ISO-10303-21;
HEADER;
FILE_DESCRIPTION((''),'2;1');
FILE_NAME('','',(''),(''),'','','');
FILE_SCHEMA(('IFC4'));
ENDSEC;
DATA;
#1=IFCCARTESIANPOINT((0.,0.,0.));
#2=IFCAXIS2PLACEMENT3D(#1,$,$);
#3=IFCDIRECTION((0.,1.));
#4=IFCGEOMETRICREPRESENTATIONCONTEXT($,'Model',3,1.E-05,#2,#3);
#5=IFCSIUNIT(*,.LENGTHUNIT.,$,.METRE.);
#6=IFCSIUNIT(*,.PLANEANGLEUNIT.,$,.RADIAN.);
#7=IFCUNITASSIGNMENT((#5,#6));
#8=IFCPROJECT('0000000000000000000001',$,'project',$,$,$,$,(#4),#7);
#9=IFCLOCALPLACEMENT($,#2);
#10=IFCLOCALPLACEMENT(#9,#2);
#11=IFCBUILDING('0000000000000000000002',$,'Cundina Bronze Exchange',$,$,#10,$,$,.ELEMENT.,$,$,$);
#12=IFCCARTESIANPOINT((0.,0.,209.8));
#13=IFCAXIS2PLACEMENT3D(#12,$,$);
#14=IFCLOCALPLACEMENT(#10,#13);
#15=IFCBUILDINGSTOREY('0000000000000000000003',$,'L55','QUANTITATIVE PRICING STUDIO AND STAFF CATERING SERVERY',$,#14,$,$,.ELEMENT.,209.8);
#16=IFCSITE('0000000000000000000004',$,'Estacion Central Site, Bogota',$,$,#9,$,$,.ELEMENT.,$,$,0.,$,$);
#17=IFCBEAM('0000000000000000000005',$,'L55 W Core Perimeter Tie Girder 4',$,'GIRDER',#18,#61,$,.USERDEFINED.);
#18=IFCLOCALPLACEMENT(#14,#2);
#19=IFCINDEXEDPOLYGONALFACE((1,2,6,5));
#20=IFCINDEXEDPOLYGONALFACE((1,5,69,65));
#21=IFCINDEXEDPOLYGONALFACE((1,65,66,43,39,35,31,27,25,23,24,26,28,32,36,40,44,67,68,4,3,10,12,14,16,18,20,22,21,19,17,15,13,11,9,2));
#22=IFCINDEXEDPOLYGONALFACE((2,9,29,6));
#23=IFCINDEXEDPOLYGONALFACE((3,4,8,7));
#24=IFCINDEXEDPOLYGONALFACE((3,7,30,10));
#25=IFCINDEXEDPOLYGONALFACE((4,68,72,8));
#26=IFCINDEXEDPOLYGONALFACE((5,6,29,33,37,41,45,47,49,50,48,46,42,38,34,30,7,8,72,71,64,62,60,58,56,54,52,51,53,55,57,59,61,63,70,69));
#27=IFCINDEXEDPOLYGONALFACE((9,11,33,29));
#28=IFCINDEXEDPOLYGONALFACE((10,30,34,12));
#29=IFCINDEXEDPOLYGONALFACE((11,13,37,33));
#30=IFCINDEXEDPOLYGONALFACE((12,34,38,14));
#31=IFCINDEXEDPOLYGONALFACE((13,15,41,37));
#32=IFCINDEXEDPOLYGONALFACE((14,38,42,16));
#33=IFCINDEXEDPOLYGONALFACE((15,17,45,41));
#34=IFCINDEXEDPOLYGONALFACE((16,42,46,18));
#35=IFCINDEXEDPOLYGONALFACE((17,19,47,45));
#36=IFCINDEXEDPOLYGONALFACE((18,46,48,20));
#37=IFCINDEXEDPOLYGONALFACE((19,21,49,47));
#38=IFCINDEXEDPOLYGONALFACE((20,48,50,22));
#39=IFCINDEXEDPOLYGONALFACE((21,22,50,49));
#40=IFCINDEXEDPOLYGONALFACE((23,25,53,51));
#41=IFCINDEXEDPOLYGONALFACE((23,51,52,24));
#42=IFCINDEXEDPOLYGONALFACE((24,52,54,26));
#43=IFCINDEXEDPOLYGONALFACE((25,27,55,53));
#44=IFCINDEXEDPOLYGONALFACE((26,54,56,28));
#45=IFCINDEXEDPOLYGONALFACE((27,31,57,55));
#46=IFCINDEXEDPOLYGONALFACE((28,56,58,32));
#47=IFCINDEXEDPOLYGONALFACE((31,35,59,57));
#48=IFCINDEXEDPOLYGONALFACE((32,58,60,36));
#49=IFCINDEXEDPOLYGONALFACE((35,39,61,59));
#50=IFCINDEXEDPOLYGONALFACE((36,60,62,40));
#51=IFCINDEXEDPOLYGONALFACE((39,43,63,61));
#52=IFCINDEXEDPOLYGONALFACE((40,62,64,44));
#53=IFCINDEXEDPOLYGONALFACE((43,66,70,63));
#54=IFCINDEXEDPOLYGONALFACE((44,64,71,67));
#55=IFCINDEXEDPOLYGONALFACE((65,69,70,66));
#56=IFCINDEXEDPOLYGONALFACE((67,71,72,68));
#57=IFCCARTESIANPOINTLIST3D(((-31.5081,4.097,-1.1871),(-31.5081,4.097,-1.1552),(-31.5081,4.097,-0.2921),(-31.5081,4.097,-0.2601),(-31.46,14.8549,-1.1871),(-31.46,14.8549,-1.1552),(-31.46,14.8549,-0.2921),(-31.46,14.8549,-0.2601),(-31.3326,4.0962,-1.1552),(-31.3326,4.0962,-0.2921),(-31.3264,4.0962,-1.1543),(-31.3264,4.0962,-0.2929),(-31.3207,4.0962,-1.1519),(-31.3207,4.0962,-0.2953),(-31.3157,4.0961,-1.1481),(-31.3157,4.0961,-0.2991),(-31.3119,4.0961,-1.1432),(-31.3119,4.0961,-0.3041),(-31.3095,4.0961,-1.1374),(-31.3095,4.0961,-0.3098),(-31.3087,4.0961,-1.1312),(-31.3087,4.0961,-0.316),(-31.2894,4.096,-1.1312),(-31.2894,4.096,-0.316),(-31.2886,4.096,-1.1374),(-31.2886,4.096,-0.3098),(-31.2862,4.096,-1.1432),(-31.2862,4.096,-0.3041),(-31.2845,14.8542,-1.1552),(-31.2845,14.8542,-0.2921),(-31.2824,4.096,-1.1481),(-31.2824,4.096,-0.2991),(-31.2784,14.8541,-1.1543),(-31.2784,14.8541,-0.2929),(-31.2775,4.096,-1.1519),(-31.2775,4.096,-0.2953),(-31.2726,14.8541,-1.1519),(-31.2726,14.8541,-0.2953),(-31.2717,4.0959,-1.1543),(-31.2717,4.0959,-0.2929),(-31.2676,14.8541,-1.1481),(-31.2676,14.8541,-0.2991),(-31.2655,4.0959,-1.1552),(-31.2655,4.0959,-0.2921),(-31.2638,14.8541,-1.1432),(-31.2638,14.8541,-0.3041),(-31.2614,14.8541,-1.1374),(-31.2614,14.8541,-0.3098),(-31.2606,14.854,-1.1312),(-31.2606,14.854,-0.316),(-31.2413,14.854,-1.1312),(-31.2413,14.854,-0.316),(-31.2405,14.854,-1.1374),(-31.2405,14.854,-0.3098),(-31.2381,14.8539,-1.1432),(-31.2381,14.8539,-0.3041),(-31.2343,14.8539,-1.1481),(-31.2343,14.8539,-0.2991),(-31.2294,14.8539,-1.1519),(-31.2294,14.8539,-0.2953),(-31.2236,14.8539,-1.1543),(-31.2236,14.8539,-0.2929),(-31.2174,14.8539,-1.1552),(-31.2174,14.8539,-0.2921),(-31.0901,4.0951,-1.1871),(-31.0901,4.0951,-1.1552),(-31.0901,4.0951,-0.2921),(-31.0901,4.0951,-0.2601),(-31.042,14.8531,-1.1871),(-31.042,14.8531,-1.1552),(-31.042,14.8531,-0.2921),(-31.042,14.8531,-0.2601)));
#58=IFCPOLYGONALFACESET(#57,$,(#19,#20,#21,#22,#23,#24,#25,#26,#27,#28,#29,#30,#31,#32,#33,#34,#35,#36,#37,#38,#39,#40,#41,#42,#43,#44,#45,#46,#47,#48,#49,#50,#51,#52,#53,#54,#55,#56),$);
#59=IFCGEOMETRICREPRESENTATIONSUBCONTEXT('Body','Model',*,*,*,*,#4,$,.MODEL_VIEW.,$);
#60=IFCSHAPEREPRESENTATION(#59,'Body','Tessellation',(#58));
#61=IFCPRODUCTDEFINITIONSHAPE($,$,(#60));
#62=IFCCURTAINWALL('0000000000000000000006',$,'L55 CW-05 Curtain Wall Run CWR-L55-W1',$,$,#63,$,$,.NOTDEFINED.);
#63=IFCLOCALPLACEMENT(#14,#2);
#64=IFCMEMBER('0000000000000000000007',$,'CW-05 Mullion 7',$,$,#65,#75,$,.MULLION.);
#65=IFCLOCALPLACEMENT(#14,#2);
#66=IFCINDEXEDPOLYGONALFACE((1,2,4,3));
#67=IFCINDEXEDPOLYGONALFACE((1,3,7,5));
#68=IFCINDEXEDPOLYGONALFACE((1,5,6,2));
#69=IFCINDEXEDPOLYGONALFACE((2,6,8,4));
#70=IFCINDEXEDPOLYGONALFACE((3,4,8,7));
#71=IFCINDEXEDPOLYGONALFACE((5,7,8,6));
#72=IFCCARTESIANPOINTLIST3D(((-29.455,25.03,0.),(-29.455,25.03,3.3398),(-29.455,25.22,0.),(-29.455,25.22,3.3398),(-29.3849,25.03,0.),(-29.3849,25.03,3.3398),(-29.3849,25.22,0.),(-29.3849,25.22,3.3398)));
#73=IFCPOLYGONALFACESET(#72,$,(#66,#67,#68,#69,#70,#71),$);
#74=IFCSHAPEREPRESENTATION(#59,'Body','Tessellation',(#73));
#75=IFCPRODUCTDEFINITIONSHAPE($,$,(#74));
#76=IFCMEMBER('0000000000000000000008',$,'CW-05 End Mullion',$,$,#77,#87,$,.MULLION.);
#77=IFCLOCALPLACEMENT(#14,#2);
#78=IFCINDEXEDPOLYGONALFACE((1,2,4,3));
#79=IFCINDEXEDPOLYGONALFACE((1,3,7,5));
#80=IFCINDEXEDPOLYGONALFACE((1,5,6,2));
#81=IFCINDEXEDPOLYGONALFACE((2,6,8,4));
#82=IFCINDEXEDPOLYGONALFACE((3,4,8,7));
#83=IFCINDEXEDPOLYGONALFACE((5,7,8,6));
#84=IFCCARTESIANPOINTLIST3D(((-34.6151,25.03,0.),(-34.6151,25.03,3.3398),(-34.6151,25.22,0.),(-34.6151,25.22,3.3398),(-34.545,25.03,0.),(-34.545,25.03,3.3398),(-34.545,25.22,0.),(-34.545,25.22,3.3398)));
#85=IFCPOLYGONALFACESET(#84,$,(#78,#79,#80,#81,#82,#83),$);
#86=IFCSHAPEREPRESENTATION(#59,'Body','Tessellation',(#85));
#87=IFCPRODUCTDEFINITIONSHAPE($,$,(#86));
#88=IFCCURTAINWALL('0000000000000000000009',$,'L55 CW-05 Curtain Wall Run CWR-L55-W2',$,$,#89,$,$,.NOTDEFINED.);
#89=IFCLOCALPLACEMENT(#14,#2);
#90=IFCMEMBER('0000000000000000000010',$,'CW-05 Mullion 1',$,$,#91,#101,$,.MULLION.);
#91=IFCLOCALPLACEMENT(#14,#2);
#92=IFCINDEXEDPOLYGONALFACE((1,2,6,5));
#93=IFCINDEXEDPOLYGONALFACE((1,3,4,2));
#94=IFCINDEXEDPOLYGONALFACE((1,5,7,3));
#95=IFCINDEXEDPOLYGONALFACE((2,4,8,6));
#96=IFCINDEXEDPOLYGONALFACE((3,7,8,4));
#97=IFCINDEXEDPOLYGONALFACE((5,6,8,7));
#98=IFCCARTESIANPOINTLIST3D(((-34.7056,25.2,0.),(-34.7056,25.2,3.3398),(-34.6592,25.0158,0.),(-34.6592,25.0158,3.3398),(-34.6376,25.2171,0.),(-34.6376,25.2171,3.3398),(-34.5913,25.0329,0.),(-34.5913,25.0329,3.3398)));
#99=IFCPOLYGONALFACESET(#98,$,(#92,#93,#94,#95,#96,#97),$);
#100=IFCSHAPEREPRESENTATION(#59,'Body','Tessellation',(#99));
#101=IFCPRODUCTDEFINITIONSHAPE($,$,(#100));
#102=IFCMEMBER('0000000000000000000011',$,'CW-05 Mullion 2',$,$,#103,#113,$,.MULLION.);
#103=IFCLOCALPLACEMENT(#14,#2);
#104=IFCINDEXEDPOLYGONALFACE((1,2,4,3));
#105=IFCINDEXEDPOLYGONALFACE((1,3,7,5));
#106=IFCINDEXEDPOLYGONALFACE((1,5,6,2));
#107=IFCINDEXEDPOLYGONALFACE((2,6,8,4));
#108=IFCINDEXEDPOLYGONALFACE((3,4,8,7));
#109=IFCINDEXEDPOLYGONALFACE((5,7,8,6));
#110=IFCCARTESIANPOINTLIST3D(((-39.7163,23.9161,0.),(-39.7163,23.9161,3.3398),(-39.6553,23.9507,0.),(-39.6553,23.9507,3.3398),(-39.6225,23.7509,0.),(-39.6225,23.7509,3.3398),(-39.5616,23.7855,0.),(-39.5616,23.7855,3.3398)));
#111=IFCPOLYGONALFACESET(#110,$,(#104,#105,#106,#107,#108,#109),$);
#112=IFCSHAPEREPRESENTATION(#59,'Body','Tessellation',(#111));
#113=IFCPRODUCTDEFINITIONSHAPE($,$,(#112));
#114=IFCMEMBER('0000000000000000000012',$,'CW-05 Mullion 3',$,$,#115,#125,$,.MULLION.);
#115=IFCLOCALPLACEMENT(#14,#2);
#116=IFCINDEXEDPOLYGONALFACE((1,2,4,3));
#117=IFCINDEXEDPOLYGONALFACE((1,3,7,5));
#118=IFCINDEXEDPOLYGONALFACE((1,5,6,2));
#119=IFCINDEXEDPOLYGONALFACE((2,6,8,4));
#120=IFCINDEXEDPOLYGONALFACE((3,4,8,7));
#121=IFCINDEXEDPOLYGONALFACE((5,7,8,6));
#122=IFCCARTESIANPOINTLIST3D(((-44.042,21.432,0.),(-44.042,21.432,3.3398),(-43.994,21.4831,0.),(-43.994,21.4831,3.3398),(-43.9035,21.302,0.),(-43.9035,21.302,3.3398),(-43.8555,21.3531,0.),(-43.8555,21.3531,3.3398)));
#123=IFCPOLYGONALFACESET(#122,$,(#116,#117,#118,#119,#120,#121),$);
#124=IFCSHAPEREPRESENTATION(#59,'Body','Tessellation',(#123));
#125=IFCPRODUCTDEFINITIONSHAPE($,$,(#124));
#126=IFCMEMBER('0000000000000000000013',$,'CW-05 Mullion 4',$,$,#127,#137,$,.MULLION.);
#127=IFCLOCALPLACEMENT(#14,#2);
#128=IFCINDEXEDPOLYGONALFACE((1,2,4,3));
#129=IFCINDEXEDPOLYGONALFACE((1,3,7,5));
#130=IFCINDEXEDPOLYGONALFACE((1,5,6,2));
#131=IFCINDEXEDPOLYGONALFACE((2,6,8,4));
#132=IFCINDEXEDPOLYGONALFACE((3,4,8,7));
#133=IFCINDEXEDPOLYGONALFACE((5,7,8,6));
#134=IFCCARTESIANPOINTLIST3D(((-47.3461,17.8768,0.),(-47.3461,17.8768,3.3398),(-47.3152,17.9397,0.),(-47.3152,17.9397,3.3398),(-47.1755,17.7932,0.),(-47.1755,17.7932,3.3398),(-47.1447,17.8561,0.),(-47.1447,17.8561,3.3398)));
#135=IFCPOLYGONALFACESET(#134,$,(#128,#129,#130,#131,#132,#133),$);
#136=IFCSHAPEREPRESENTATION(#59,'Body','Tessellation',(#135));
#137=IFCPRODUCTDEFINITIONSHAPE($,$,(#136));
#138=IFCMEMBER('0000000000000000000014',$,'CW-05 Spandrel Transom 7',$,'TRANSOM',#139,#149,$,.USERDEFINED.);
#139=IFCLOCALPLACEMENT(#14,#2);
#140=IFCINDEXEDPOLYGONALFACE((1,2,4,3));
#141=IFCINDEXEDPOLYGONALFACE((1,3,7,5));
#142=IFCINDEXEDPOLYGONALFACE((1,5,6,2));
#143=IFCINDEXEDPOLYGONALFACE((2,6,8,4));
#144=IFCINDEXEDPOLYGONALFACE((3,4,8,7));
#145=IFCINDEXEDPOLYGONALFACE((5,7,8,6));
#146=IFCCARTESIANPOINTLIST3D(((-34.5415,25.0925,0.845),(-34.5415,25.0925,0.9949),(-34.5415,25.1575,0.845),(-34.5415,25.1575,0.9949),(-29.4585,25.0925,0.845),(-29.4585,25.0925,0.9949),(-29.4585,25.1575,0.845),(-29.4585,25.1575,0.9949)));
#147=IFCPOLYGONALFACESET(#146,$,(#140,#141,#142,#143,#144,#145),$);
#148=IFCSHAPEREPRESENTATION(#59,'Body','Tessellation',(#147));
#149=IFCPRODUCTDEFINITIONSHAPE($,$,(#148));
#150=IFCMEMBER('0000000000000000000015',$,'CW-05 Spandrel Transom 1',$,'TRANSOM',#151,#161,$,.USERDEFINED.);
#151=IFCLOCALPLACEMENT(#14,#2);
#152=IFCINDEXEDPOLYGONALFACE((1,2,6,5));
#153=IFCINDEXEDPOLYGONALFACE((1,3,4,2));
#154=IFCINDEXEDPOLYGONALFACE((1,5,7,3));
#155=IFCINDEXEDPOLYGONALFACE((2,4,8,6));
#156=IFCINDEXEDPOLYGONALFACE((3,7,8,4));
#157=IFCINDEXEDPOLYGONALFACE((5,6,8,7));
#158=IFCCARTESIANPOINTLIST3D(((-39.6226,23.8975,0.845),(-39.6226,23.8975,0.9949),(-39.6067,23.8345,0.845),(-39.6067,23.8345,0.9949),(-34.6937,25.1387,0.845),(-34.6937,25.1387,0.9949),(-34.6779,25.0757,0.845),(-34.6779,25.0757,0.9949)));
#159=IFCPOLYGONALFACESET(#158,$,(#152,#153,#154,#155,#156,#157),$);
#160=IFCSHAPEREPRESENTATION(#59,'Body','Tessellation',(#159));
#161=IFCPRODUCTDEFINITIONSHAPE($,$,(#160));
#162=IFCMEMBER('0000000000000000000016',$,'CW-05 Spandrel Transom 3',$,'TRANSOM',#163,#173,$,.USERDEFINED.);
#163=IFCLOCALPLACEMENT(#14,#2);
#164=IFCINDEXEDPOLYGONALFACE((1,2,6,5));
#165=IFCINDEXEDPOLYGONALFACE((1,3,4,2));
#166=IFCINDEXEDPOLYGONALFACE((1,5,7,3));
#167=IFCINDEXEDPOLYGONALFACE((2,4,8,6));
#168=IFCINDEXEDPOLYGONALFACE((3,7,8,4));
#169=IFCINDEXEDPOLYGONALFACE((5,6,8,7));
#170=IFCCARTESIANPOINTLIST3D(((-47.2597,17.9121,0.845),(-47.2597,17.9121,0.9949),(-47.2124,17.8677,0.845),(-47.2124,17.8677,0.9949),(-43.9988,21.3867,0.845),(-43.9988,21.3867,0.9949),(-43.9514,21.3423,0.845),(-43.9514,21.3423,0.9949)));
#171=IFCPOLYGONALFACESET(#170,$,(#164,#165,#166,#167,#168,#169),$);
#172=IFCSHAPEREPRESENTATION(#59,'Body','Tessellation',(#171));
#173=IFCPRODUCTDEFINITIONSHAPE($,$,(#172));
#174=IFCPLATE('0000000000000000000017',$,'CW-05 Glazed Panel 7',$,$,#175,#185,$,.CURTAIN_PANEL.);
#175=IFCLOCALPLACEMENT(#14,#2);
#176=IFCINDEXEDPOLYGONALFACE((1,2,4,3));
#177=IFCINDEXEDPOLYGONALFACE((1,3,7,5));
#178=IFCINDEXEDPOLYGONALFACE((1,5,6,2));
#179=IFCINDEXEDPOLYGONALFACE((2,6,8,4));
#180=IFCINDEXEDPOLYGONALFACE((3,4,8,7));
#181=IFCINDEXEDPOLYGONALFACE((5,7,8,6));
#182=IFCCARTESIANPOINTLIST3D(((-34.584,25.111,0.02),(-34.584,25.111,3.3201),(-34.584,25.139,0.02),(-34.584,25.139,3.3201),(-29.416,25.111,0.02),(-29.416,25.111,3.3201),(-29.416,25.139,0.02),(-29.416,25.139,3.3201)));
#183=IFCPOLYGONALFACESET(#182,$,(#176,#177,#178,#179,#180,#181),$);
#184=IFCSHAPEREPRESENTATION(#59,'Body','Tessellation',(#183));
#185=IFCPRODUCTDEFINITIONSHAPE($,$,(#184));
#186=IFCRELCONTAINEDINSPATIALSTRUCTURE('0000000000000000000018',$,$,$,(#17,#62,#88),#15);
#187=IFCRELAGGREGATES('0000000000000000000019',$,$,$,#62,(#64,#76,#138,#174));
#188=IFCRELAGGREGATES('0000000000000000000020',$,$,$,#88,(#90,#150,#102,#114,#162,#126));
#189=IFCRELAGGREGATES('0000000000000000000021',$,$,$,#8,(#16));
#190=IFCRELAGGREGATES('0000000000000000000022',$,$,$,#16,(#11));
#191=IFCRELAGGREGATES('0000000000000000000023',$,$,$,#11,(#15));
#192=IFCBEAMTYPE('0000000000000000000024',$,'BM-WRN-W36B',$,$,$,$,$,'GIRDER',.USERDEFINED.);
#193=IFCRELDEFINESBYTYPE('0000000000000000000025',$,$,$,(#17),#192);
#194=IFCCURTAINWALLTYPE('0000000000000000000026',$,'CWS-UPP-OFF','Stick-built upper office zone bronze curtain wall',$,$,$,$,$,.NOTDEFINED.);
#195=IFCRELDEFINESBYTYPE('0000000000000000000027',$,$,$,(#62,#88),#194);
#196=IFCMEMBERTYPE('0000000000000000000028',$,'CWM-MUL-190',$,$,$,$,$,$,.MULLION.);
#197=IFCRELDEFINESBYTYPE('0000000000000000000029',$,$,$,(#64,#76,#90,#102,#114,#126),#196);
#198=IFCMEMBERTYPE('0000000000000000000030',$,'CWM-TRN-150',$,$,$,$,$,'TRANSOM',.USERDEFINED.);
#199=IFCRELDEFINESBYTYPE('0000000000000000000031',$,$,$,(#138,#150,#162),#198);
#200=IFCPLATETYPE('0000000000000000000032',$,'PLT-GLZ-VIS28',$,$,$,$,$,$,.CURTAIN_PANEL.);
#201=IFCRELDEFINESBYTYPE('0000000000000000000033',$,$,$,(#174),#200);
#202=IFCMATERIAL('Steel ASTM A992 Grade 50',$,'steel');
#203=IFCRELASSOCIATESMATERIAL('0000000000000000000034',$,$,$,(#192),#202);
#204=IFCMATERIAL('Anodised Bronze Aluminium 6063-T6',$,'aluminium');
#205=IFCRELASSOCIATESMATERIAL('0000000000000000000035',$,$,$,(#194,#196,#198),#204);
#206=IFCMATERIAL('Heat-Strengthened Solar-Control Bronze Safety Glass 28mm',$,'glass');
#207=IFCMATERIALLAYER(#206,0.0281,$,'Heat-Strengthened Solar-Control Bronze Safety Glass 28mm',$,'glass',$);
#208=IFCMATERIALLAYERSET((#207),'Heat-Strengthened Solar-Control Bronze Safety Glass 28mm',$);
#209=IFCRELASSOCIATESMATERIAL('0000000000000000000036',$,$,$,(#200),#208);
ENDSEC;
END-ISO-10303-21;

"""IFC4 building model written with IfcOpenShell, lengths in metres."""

from ifc_helpers import new_model, si_unit, direction, frame, origin, origin_2d, place, context, subcontext, project, spatial, rectangle, i_section, extrude, material, layer, layer_set, material_profile, profile_set, type_object, element, aggregate, save


model = new_model("IFC4")

# Units and contexts
model_context = context("Model", 3, precision=1e-05, world=origin(), true_north=direction((0.0, 1.0)))
body_context = subcontext(model_context, "Body", "Model", "MODEL_VIEW")
ifc_project = project(units=[si_unit("LENGTHUNIT", "METRE"), si_unit("PLANEANGLEUNIT", "RADIAN")], contexts=[model_context])

# Site, building, storey
site_placement = place(None, origin())
site = spatial("IfcSite", under=ifc_project, at=site_placement, Name="Estacion Central Site, Bogota", CompositionType="ELEMENT", RefElevation=0.0)
building_placement = place(site_placement, origin())
building = spatial("IfcBuilding", under=site, at=building_placement, Name="Cundina Bronze Exchange", CompositionType="ELEMENT")
storey_placement = place(building_placement, frame((0.0, 0.0, 209.8)))
storey = spatial("IfcBuildingStorey", under=building, at=storey_placement, Name="L55", Description="QUANTITATIVE PRICING STUDIO AND STAFF CATERING SERVERY", CompositionType="ELEMENT", Elevation=209.8)

# Shared definitions
ifc_material_1 = material(Name="Steel ASTM A992 Grade 50", Category="steel")

# Beam
ifc_material_profile_1 = material_profile(ifc_material_1, i_section(OverallWidth=0.418, OverallDepth=0.927, WebThickness=0.0193, FlangeThickness=0.032, FilletRadius=0.0239, at=origin_2d()), Name="W36X231", Category="steel")
ifc_profile_set_1 = profile_set([ifc_material_profile_1], Name="Steel ASTM A992 Grade 50")
beam_type_1 = type_object("IfcBeamType", Name="BM-WRN-W36B", ElementType="GIRDER", PredefinedType="USERDEFINED", material=ifc_profile_set_1)
beam_1_placement = place(storey_placement, frame((-31.251, 14.854, -0.7236), z_axis=(-0.004471, -0.99999, 0.0), x_axis=(0.99999, -0.004471, 0.0)))
element("IfcBeam", 1, at=beam_1_placement, inside=storey, type_object=beam_type_1, Name="L55 W Core Perimeter Tie Girder 4", ObjectType="GIRDER", PredefinedType="USERDEFINED", context=body_context, shape_type="SweptSolid", body=[
    extrude(i_section(OverallWidth=0.418, OverallDepth=0.927, WebThickness=0.0193, FlangeThickness=0.032, FilletRadius=0.0239, at=origin_2d()), origin(), (0.0, 0.0, 1.0), 10.7581),
])

# Curtain walls, members
ifc_material_2 = material(Name="Anodised Bronze Aluminium 6063-T6", Category="aluminium")
curtain_wall_type = type_object("IfcCurtainWallType", Name="CWS-UPP-OFF", Description="Stick-built upper office zone bronze curtain wall", PredefinedType="NOTDEFINED", material=ifc_material_2)
curtain_wall_1_placement = place(storey_placement, origin())
curtain_wall_1 = element("IfcCurtainWall", 2, at=curtain_wall_1_placement, inside=storey, type_object=curtain_wall_type, Name="L55 CW-05 Curtain Wall Run CWR-L55-W1", PredefinedType="NOTDEFINED")
ifc_material_profile_2 = material_profile(ifc_material_2, rectangle(XDim=0.0701, YDim=0.1899, at=origin_2d()), Name="AL70X190", Category="aluminium")
ifc_profile_set_2 = profile_set([ifc_material_profile_2], Name="Anodised Bronze Aluminium 6063-T6")
member_type_1 = type_object("IfcMemberType", Name="CWM-MUL-190", PredefinedType="MULLION", material=ifc_profile_set_2)
member_1_placement = place(storey_placement, frame((-29.4199, 25.125, 0.0), z_axis=(0.0, 0.0, 1.0), x_axis=(-1.0, 0.0, 0.0)))
member_1 = element("IfcMember", 3, at=member_1_placement, type_object=member_type_1, Name="CW-05 Mullion 7", PredefinedType="MULLION", context=body_context, shape_type="SweptSolid", body=[
    extrude(rectangle(XDim=0.0701, YDim=0.1899, at=origin_2d()), origin(), (0.0, 0.0, 1.0), 3.3398),
])
member_2_placement = place(storey_placement, frame((-34.5801, 25.125, 0.0), z_axis=(0.0, 0.0, 1.0), x_axis=(-1.0, 0.0, 0.0)))
member_2 = element("IfcMember", 4, at=member_2_placement, type_object=member_type_1, Name="CW-05 End Mullion", PredefinedType="MULLION", context=body_context, shape_type="SweptSolid", body=[
    extrude(rectangle(XDim=0.0701, YDim=0.1899, at=origin_2d()), origin(), (0.0, 0.0, 1.0), 3.3398),
])
curtain_wall_2_placement = place(storey_placement, origin())
curtain_wall_2 = element("IfcCurtainWall", 5, at=curtain_wall_2_placement, inside=storey, type_object=curtain_wall_type, Name="L55 CW-05 Curtain Wall Run CWR-L55-W2", PredefinedType="NOTDEFINED")
member_3_placement = place(storey_placement, frame((-34.6484, 25.1165, 0.0), z_axis=(0.0, 0.0, 1.0), x_axis=(-0.969744, -0.244123, 0.0)))
member_3 = element("IfcMember", 6, at=member_3_placement, type_object=member_type_1, Name="CW-05 Mullion 1", PredefinedType="MULLION", context=body_context, shape_type="SweptSolid", body=[
    extrude(rectangle(XDim=0.0701, YDim=0.1899, at=origin_2d()), origin(), (0.0, 0.0, 1.0), 3.3398),
])
member_4_placement = place(storey_placement, frame((-39.6389, 23.8508, 0.0), z_axis=(0.0, 0.0, 1.0), x_axis=(-0.869581, -0.49379, 0.0)))
member_4 = element("IfcMember", 7, at=member_4_placement, type_object=member_type_1, Name="CW-05 Mullion 2", PredefinedType="MULLION", context=body_context, shape_type="SweptSolid", body=[
    extrude(rectangle(XDim=0.0701, YDim=0.1899, at=origin_2d()), origin(), (0.0, 0.0, 1.0), 3.3398),
])
member_5_placement = place(storey_placement, frame((-43.9487, 21.3926, 0.0), z_axis=(0.0, 0.0, 1.0), x_axis=(-0.684293, -0.729208, 0.0)))
member_5 = element("IfcMember", 8, at=member_5_placement, type_object=member_type_1, Name="CW-05 Mullion 3", PredefinedType="MULLION", context=body_context, shape_type="SweptSolid", body=[
    extrude(rectangle(XDim=0.0701, YDim=0.1899, at=origin_2d()), origin(), (0.0, 0.0, 1.0), 3.3398),
])
member_6_placement = place(storey_placement, frame((-47.2454, 17.8665, 0.0), z_axis=(0.0, 0.0, 1.0), x_axis=(-0.440566, -0.89772, 0.0)))
member_6 = element("IfcMember", 9, at=member_6_placement, type_object=member_type_1, Name="CW-05 Mullion 4", PredefinedType="MULLION", context=body_context, shape_type="SweptSolid", body=[
    extrude(rectangle(XDim=0.0701, YDim=0.1899, at=origin_2d()), origin(), (0.0, 0.0, 1.0), 3.3398),
])

# Members
ifc_material_profile_3 = material_profile(ifc_material_2, rectangle(XDim=0.0649, YDim=0.1499, at=origin_2d()), Name="AL65X150", Category="aluminium")
ifc_profile_set_3 = profile_set([ifc_material_profile_3], Name="Anodised Bronze Aluminium 6063-T6")
member_type_2 = type_object("IfcMemberType", Name="CWM-TRN-150", ElementType="TRANSOM", PredefinedType="USERDEFINED", material=ifc_profile_set_3)
member_7_placement = place(storey_placement, frame((-29.4585, 25.125, 0.9199), z_axis=(-1.0, 0.0, 0.0), x_axis=(0.0, -1.0, 0.0)))
member_7 = element("IfcMember", 10, at=member_7_placement, type_object=member_type_2, Name="CW-05 Spandrel Transom 7", ObjectType="TRANSOM", PredefinedType="USERDEFINED", context=body_context, shape_type="SweptSolid", body=[
    extrude(rectangle(XDim=0.0649, YDim=0.1499, at=origin_2d()), origin(), (0.0, 0.0, 1.0), 5.083),
])
member_8_placement = place(storey_placement, frame((-34.6858, 25.1072, 0.9199), z_axis=(-0.969726, -0.244197, 0.0), x_axis=(0.244197, -0.969726, 0.0)))
member_8 = element("IfcMember", 11, at=member_8_placement, type_object=member_type_2, Name="CW-05 Spandrel Transom 1", ObjectType="TRANSOM", PredefinedType="USERDEFINED", context=body_context, shape_type="SweptSolid", body=[
    extrude(rectangle(XDim=0.0649, YDim=0.1499, at=origin_2d()), origin(), (0.0, 0.0, 1.0), 5.0828),
])
member_9_placement = place(storey_placement, frame((-43.9751, 21.3645, 0.9199), z_axis=(-0.684336, -0.729166, 0.0), x_axis=(0.729166, -0.684336, 0.0)))
member_9 = element("IfcMember", 12, at=member_9_placement, type_object=member_type_2, Name="CW-05 Spandrel Transom 3", ObjectType="TRANSOM", PredefinedType="USERDEFINED", context=body_context, shape_type="SweptSolid", body=[
    extrude(rectangle(XDim=0.0649, YDim=0.1499, at=origin_2d()), origin(), (0.0, 0.0, 1.0), 4.7651),
])

# Plate
ifc_material_3 = material(Name="Heat-Strengthened Solar-Control Bronze Safety Glass 28mm", Category="glass")
ifc_layer_1 = layer(ifc_material_3, 0.0281, Name="Heat-Strengthened Solar-Control Bronze Safety Glass 28mm", Category="glass")
ifc_layer_set_1 = layer_set([ifc_layer_1], Name="Heat-Strengthened Solar-Control Bronze Safety Glass 28mm")
plate_type_1 = type_object("IfcPlateType", Name="PLT-GLZ-VIS28", PredefinedType="CURTAIN_PANEL", material=ifc_layer_set_1)
plate_1_placement = place(storey_placement, frame((-32.0, 25.125, 0.02), z_axis=(0.0, 0.0, 1.0), x_axis=(-1.0, 0.0, 0.0)))
plate_1 = element("IfcPlate", 13, at=plate_1_placement, type_object=plate_type_1, Name="CW-05 Glazed Panel 7", PredefinedType="CURTAIN_PANEL", context=body_context, shape_type="SweptSolid", body=[
    extrude(rectangle(XDim=5.168, YDim=0.0281, at=origin_2d()), origin(), (0.0, 0.0, 1.0), 3.3),
])
aggregate(curtain_wall_1, [member_1, member_2, member_7, plate_1])
aggregate(curtain_wall_2, [member_3, member_8, member_4, member_5, member_9, member_6])

save(model, "model.ifc")
